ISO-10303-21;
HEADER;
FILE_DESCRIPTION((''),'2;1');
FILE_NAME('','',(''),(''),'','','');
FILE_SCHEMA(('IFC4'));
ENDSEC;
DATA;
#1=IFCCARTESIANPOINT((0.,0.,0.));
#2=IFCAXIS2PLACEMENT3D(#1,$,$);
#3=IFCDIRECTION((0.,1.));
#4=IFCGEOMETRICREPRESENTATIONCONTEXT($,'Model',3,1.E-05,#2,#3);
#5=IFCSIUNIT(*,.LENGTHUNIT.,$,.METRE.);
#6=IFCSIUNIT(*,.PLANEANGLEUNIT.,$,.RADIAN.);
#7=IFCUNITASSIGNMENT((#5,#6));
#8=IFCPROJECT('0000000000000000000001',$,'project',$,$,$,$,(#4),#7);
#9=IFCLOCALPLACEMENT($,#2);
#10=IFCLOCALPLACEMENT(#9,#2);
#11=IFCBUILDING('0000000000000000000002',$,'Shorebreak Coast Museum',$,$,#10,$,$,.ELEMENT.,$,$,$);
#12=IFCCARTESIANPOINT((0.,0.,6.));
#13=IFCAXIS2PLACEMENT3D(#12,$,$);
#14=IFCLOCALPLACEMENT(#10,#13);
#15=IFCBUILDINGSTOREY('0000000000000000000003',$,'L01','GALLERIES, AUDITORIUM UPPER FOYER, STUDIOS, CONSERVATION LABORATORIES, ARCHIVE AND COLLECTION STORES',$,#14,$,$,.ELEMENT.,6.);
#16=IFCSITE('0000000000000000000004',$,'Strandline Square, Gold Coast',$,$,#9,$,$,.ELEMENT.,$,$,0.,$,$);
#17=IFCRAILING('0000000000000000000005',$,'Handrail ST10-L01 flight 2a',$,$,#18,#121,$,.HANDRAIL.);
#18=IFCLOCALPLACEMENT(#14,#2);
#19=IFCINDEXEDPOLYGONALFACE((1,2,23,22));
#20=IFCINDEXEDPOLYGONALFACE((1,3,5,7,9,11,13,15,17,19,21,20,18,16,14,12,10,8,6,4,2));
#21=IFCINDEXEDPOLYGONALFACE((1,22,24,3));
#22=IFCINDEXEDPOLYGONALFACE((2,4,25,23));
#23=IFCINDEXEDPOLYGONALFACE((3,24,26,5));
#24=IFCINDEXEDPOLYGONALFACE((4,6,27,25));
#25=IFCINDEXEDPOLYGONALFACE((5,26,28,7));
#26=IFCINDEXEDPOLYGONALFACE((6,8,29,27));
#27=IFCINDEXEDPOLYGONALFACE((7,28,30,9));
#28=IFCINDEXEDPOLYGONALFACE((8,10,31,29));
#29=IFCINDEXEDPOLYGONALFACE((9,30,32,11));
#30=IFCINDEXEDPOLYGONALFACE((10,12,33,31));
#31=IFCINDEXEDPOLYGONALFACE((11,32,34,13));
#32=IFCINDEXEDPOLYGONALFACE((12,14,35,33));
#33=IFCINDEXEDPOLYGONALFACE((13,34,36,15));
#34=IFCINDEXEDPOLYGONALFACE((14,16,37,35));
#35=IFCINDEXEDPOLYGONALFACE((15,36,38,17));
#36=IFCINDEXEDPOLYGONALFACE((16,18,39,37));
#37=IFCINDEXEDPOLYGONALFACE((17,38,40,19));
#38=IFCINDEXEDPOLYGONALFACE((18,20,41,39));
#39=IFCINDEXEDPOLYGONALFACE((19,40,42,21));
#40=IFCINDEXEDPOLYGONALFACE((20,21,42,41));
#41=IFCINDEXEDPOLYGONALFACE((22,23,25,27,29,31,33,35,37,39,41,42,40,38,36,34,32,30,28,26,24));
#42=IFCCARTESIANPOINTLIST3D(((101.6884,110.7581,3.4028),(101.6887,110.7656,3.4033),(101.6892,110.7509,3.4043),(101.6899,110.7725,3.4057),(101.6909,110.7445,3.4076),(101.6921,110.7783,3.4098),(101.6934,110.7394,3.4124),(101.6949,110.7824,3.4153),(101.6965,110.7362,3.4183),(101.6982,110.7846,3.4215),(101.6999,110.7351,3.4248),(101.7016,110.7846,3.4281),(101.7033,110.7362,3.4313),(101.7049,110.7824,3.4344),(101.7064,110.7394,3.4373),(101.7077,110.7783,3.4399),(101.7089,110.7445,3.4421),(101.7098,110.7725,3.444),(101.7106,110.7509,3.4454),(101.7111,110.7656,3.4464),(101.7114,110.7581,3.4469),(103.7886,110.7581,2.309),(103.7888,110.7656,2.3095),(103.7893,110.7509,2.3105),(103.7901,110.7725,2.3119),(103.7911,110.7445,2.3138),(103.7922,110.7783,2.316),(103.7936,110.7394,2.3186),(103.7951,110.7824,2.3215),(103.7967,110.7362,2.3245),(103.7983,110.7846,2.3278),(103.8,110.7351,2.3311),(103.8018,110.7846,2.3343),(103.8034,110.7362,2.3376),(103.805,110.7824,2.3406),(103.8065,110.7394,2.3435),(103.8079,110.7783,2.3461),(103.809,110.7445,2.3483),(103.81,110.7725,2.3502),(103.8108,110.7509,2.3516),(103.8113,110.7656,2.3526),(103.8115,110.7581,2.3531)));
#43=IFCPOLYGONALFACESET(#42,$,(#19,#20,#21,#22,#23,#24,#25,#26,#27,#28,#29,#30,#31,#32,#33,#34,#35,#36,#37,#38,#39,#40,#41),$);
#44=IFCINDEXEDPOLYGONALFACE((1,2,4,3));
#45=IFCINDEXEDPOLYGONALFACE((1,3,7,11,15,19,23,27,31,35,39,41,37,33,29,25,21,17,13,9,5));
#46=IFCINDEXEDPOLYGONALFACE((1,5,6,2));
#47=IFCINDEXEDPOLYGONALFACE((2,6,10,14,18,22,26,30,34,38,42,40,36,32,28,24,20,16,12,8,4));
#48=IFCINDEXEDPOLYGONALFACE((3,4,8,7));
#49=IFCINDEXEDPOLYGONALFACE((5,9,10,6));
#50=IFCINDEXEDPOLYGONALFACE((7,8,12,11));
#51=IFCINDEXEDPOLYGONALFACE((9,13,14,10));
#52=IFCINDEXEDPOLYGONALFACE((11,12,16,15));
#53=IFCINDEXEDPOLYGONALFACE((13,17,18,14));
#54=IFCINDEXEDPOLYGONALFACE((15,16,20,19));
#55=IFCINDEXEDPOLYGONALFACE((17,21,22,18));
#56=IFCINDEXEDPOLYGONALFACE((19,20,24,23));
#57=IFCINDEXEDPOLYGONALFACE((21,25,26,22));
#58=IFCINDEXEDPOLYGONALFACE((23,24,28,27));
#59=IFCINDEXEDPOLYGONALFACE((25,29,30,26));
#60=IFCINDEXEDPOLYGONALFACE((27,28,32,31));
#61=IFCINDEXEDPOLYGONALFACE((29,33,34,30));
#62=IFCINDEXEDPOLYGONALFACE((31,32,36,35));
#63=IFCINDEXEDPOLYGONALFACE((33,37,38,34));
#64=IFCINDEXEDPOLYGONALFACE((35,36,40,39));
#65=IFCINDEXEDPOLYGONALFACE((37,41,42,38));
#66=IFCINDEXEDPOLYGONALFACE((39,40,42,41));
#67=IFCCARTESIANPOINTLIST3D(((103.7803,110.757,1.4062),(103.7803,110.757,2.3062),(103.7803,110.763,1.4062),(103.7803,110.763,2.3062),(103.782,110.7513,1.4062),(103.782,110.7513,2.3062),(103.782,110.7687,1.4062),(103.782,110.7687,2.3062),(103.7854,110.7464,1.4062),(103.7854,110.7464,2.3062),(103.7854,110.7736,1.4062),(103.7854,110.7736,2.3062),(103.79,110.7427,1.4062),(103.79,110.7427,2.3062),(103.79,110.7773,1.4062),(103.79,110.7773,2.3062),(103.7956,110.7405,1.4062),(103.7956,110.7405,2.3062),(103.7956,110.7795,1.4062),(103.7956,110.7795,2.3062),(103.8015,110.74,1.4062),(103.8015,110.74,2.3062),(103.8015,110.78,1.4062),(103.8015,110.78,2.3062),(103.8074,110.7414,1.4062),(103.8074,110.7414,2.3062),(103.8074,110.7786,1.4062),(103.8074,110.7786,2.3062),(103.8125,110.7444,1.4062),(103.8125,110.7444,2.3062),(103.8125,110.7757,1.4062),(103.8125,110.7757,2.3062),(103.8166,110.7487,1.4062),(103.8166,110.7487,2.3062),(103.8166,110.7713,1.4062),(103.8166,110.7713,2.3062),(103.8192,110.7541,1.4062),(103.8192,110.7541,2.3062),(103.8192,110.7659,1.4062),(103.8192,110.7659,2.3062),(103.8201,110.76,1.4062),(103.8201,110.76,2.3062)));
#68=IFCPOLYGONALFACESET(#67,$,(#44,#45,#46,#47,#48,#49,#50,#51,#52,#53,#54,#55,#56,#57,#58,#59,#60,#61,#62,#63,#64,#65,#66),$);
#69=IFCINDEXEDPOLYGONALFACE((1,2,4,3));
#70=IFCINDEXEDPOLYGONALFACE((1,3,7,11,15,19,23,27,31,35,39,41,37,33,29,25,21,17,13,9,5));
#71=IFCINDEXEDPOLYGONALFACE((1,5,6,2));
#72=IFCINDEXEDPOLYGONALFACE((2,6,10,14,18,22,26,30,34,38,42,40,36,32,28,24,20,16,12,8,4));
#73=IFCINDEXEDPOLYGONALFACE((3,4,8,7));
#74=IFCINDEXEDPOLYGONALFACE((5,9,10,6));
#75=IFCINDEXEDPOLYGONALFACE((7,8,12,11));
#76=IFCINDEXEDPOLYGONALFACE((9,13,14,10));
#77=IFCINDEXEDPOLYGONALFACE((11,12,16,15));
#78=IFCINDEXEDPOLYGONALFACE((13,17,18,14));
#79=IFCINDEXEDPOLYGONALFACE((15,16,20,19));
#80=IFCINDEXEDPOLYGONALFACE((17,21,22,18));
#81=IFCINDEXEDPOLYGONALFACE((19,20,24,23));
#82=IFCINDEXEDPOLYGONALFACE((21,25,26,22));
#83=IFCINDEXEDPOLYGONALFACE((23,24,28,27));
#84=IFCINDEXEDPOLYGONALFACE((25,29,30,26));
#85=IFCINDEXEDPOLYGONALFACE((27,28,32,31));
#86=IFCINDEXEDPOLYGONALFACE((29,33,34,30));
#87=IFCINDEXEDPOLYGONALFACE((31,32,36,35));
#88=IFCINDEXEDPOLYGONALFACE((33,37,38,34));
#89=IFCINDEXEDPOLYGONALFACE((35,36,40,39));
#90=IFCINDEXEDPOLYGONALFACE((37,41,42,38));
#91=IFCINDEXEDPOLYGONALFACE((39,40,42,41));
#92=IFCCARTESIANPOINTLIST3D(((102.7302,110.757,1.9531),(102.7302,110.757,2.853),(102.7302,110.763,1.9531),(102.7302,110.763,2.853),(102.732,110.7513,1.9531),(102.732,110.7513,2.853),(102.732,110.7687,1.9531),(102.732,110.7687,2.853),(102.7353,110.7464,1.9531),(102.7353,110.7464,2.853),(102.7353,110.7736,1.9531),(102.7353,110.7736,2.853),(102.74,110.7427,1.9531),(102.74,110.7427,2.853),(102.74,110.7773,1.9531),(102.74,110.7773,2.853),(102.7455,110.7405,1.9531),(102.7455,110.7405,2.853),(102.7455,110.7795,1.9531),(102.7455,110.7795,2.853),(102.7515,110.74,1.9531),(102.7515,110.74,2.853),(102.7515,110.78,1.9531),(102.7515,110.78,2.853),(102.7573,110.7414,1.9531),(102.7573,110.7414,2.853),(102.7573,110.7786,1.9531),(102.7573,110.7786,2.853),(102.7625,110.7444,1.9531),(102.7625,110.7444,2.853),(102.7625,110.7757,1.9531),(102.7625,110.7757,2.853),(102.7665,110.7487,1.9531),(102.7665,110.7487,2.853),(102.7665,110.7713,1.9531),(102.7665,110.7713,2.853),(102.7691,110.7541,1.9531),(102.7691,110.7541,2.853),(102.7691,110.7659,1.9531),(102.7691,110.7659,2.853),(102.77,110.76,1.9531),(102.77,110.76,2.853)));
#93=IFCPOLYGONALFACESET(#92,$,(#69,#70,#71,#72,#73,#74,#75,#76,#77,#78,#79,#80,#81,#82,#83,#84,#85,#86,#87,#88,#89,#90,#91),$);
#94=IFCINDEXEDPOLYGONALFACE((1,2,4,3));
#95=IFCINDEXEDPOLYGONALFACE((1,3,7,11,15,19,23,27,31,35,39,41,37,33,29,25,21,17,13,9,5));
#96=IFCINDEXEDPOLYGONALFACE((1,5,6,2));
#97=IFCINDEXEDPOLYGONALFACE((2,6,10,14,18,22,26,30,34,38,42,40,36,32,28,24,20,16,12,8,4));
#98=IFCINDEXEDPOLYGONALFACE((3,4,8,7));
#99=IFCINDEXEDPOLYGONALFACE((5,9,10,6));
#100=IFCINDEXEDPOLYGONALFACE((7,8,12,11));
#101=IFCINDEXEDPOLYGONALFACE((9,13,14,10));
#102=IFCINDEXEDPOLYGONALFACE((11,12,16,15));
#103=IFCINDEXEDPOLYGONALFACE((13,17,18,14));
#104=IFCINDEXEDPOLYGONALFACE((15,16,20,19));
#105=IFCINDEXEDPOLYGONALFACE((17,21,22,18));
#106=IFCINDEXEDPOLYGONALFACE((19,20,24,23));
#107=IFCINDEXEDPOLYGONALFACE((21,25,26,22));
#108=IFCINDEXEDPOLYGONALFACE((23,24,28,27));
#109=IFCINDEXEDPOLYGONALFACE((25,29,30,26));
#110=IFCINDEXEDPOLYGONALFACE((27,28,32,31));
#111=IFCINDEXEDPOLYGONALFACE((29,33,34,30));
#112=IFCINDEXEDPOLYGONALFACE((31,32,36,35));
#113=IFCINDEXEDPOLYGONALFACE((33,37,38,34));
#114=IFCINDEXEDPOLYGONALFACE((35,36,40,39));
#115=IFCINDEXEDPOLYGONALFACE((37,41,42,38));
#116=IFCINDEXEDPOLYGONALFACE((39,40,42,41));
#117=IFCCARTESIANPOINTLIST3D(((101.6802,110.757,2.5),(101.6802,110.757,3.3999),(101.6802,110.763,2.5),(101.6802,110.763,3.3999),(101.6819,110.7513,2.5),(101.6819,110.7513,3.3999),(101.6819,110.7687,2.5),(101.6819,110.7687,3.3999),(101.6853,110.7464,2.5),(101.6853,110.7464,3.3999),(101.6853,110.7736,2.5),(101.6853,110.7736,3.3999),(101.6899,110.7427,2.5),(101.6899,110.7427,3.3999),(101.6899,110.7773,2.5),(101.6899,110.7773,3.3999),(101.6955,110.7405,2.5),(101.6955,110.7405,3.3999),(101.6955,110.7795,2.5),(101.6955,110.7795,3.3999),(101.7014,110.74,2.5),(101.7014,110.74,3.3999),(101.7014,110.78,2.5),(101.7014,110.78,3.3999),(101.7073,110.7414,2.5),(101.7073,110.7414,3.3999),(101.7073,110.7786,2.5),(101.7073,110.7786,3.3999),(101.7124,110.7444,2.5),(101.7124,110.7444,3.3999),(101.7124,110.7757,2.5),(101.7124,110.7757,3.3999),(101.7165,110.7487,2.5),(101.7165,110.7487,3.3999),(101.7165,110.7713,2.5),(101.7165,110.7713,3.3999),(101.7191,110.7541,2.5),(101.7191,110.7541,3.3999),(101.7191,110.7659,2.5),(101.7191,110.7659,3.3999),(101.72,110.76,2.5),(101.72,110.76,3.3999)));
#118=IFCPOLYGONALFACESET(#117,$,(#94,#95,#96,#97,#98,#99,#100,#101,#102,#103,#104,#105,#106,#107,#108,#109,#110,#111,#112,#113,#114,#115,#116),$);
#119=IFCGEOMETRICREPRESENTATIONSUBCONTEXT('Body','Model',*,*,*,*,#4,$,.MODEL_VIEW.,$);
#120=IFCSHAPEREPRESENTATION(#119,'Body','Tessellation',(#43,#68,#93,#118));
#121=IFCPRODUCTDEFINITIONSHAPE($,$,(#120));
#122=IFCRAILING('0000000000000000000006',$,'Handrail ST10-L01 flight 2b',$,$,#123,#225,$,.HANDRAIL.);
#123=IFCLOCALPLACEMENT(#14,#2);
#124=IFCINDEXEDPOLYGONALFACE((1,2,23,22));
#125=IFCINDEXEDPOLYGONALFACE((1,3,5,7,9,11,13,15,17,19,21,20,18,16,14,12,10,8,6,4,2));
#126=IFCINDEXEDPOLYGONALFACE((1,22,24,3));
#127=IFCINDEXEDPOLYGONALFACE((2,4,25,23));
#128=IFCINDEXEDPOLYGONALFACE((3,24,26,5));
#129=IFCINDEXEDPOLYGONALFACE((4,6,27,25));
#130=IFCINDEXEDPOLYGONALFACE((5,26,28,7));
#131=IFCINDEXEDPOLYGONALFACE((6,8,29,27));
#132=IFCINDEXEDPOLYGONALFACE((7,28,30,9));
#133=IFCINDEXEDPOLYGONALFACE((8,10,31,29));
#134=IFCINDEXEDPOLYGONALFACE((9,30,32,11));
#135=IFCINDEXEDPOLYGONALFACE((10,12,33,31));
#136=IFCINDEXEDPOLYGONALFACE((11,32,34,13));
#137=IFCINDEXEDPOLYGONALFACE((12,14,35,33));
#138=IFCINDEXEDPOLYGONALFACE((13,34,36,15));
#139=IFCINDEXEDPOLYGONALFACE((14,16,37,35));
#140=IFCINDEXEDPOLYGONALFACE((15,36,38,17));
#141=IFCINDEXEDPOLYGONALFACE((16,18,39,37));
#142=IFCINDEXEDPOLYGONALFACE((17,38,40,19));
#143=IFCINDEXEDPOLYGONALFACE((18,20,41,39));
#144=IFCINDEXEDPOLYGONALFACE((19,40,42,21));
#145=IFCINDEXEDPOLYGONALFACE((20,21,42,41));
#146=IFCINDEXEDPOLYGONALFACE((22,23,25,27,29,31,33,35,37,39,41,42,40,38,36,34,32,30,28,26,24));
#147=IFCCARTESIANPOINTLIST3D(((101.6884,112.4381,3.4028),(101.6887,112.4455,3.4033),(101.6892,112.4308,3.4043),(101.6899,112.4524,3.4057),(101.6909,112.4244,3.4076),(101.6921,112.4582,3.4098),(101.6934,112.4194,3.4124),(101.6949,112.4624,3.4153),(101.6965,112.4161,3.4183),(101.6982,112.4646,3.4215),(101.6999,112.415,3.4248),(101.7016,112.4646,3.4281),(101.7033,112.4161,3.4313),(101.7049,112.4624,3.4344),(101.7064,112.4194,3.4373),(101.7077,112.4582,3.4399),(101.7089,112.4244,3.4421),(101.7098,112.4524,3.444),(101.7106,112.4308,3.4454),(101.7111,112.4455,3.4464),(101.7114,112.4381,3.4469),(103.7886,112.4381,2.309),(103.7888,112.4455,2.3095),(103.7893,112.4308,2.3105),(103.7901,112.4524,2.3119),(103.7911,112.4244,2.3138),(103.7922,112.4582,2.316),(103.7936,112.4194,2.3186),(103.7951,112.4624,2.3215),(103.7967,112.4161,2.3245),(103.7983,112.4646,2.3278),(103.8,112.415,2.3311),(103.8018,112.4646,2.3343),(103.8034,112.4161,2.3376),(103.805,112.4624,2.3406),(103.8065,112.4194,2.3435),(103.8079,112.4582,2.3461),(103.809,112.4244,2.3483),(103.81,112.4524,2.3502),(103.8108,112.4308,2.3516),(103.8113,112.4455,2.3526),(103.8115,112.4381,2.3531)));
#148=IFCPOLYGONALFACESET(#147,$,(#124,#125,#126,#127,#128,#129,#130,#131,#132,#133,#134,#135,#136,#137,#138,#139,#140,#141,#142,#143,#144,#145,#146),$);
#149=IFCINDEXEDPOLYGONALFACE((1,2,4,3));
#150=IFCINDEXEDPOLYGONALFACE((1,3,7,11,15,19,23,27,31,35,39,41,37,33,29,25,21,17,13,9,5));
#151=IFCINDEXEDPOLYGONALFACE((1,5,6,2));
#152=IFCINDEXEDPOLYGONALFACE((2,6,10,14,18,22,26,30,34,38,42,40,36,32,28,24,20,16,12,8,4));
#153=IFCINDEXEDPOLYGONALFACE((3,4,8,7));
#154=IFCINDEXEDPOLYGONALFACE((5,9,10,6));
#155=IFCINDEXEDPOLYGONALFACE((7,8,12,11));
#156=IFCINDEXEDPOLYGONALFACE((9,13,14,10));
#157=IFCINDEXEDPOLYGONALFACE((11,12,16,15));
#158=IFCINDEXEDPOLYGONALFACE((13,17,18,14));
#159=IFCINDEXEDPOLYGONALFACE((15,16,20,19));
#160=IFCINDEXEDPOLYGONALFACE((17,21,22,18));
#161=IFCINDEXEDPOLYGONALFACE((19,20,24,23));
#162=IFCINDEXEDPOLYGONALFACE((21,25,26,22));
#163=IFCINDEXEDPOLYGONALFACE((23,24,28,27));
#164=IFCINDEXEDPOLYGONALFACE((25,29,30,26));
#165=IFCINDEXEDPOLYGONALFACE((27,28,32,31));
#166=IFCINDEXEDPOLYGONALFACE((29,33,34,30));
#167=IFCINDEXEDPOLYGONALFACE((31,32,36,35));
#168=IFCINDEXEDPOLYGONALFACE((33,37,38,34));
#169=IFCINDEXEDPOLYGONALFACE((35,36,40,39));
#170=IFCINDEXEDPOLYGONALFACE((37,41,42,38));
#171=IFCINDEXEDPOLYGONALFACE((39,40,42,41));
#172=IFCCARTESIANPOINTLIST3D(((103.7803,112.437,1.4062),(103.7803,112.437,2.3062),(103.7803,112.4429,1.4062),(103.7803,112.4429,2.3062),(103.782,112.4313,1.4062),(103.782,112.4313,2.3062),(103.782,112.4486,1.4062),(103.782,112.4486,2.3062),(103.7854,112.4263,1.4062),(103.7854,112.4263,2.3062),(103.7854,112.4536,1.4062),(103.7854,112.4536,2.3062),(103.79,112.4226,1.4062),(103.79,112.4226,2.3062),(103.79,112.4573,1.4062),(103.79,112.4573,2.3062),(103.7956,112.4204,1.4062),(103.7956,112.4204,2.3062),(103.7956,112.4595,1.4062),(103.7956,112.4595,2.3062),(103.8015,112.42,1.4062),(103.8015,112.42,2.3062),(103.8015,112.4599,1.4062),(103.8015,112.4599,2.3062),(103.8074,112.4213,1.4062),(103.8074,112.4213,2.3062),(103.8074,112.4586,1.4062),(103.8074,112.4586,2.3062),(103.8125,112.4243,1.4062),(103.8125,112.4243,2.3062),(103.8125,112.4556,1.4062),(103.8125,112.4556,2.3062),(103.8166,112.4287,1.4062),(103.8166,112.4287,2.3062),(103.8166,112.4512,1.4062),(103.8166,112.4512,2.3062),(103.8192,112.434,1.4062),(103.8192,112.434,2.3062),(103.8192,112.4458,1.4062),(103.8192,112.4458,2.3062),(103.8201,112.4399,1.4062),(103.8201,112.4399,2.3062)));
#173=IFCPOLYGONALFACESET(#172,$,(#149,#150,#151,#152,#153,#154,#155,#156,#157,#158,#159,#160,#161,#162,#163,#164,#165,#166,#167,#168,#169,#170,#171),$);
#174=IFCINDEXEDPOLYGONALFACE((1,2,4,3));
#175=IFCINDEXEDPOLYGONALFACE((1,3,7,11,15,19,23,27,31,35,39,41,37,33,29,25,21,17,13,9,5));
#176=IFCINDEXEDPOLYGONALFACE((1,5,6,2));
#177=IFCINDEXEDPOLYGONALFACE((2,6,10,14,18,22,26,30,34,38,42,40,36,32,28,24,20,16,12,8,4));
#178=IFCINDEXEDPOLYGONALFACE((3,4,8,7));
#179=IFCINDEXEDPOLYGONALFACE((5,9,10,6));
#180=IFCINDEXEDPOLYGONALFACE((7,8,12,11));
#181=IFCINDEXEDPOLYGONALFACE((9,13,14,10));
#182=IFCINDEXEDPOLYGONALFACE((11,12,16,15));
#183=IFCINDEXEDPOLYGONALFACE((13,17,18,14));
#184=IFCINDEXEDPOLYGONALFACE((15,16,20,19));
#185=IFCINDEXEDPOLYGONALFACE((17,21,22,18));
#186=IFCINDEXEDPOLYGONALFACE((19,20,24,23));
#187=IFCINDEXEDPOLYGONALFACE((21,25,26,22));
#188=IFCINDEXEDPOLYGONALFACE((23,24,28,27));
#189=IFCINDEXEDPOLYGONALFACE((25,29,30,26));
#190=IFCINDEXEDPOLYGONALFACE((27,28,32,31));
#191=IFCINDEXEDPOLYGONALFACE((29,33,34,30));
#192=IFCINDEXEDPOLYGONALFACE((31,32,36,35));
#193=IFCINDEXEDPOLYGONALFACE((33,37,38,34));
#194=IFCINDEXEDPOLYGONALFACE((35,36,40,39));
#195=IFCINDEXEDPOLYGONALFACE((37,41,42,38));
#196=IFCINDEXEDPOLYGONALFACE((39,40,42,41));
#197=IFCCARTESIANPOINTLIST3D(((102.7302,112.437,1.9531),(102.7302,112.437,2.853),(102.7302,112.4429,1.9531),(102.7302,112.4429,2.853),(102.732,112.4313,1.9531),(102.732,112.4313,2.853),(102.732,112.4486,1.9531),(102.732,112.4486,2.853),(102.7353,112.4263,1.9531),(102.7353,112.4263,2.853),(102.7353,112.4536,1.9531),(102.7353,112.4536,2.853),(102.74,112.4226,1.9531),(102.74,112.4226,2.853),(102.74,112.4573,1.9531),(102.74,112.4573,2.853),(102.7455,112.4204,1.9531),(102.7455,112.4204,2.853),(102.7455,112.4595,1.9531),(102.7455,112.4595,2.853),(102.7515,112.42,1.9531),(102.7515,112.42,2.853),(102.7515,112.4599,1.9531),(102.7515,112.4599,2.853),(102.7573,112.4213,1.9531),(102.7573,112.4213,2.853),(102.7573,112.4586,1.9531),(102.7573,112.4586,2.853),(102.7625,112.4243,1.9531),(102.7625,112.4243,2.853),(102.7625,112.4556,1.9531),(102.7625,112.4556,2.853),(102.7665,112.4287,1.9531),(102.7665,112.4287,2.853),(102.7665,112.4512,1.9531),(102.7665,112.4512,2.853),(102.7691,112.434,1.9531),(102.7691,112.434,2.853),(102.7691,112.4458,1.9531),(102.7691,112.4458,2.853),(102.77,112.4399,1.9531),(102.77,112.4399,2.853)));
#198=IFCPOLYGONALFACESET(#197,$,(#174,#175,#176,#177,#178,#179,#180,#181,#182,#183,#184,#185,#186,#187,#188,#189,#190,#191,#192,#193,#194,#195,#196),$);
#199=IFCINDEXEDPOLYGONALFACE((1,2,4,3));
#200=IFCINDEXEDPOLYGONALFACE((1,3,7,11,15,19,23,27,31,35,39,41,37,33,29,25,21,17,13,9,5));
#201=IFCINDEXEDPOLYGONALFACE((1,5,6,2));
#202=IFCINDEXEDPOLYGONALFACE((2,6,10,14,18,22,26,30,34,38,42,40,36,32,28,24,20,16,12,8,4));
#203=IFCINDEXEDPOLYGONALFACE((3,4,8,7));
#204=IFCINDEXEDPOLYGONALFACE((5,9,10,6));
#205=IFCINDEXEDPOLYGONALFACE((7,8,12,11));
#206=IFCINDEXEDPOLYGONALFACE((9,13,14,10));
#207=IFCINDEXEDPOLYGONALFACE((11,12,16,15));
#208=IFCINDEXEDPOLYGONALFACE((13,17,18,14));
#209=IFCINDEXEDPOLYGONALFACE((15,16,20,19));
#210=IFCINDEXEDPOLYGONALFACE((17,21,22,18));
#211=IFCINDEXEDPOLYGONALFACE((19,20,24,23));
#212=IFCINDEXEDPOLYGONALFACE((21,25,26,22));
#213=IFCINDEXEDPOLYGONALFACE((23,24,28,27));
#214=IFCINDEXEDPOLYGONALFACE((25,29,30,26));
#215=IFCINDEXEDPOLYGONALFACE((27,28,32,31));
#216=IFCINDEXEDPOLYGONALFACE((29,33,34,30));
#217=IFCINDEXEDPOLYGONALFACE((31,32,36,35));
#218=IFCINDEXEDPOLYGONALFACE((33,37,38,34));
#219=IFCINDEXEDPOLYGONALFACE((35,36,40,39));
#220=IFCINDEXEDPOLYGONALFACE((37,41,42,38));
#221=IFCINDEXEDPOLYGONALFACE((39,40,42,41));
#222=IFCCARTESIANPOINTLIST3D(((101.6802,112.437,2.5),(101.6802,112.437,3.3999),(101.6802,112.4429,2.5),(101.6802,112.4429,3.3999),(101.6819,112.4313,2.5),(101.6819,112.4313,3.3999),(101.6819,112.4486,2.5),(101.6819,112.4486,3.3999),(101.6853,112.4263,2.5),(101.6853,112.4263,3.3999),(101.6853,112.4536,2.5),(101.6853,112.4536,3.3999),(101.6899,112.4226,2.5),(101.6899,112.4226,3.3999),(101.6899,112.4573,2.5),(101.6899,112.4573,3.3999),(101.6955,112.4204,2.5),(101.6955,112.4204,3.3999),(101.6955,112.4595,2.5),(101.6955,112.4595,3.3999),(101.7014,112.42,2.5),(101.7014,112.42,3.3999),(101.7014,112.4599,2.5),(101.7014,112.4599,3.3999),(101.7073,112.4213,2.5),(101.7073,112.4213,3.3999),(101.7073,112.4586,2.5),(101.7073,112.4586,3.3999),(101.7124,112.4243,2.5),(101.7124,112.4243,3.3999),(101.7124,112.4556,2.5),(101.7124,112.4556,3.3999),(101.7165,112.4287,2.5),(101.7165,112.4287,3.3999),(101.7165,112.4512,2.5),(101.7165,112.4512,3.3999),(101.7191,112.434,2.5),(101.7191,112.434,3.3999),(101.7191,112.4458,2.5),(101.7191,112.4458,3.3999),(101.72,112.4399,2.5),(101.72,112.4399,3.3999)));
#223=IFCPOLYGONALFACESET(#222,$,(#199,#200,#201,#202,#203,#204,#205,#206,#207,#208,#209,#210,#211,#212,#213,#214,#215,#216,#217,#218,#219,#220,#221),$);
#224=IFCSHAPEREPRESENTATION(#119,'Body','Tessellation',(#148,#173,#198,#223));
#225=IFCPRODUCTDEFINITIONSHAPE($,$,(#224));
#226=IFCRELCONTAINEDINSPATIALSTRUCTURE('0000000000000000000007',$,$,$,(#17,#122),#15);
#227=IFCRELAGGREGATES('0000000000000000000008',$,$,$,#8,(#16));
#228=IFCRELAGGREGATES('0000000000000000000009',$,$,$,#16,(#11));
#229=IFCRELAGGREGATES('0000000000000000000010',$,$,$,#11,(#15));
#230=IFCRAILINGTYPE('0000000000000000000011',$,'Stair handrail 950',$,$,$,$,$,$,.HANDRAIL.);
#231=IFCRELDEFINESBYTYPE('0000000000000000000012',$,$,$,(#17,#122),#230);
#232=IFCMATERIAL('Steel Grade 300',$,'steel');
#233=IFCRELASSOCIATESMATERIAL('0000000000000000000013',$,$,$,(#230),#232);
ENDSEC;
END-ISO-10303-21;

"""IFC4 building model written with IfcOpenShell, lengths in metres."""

from ifc_helpers import new_model, si_unit, direction, frame, origin, origin_2d, place, context, subcontext, project, spatial, circle, extrude, material, type_object, element, save


model = new_model("IFC4")

# Units and contexts
model_context = context("Model", 3, precision=1e-05, world=origin(), true_north=direction((0.0, 1.0)))
body_context = subcontext(model_context, "Body", "Model", "MODEL_VIEW")
ifc_project = project(units=[si_unit("LENGTHUNIT", "METRE"), si_unit("PLANEANGLEUNIT", "RADIAN")], contexts=[model_context])

# Site, building, storey
site_placement = place(None, origin())
site = spatial("IfcSite", under=ifc_project, at=site_placement, Name="Strandline Square, Gold Coast", CompositionType="ELEMENT", RefElevation=0.0)
building_placement = place(site_placement, origin())
building = spatial("IfcBuilding", under=site, at=building_placement, Name="Shorebreak Coast Museum", CompositionType="ELEMENT")
storey_placement = place(building_placement, frame((0.0, 0.0, 6.0)))
storey = spatial("IfcBuildingStorey", under=building, at=storey_placement, Name="L01", Description="GALLERIES, AUDITORIUM UPPER FOYER, STUDIOS, CONSERVATION LABORATORIES, ARCHIVE AND COLLECTION STORES", CompositionType="ELEMENT", Elevation=6.0)

# Railings
ifc_material_1 = material(Name="Steel Grade 300", Category="steel")
railing_type_1 = type_object("IfcRailingType", Name="Stair handrail 950", PredefinedType="HANDRAIL", material=ifc_material_1)
for number, where, name in (
    (1, (103.8, 110.76, 1.4062), "Handrail ST10-L01 flight 2a"),
    (2, (103.8, 112.4399, 1.4062), "Handrail ST10-L01 flight 2b"),
):
    element("IfcRailing", number, at=place(storey_placement, frame(where)), inside=storey, type_object=railing_type_1, Name=name, PredefinedType="HANDRAIL", context=body_context, shape_type="SweptSolid", body=[
        extrude(circle(Radius=0.0249, at=origin_2d()), frame((0.0, 0.0, 0.9248), z_axis=(-0.886923, 0.0, 0.461918), x_axis=(0.0, -1.0, 0.0)), (0.0, 0.0, 1.0), 2.3679),
        extrude(circle(Radius=0.02, at=origin_2d()), origin(), (0.0, 0.0, 1.0), 0.8999),
        extrude(circle(Radius=0.02, at=origin_2d()), frame((-1.05, 0.0, 0.5469)), (0.0, 0.0, 1.0), 0.8999),
        extrude(circle(Radius=0.02, at=origin_2d()), frame((-2.1001, 0.0, 1.0938)), (0.0, 0.0, 1.0), 0.8999),
    ])

save(model, "model.ifc")
